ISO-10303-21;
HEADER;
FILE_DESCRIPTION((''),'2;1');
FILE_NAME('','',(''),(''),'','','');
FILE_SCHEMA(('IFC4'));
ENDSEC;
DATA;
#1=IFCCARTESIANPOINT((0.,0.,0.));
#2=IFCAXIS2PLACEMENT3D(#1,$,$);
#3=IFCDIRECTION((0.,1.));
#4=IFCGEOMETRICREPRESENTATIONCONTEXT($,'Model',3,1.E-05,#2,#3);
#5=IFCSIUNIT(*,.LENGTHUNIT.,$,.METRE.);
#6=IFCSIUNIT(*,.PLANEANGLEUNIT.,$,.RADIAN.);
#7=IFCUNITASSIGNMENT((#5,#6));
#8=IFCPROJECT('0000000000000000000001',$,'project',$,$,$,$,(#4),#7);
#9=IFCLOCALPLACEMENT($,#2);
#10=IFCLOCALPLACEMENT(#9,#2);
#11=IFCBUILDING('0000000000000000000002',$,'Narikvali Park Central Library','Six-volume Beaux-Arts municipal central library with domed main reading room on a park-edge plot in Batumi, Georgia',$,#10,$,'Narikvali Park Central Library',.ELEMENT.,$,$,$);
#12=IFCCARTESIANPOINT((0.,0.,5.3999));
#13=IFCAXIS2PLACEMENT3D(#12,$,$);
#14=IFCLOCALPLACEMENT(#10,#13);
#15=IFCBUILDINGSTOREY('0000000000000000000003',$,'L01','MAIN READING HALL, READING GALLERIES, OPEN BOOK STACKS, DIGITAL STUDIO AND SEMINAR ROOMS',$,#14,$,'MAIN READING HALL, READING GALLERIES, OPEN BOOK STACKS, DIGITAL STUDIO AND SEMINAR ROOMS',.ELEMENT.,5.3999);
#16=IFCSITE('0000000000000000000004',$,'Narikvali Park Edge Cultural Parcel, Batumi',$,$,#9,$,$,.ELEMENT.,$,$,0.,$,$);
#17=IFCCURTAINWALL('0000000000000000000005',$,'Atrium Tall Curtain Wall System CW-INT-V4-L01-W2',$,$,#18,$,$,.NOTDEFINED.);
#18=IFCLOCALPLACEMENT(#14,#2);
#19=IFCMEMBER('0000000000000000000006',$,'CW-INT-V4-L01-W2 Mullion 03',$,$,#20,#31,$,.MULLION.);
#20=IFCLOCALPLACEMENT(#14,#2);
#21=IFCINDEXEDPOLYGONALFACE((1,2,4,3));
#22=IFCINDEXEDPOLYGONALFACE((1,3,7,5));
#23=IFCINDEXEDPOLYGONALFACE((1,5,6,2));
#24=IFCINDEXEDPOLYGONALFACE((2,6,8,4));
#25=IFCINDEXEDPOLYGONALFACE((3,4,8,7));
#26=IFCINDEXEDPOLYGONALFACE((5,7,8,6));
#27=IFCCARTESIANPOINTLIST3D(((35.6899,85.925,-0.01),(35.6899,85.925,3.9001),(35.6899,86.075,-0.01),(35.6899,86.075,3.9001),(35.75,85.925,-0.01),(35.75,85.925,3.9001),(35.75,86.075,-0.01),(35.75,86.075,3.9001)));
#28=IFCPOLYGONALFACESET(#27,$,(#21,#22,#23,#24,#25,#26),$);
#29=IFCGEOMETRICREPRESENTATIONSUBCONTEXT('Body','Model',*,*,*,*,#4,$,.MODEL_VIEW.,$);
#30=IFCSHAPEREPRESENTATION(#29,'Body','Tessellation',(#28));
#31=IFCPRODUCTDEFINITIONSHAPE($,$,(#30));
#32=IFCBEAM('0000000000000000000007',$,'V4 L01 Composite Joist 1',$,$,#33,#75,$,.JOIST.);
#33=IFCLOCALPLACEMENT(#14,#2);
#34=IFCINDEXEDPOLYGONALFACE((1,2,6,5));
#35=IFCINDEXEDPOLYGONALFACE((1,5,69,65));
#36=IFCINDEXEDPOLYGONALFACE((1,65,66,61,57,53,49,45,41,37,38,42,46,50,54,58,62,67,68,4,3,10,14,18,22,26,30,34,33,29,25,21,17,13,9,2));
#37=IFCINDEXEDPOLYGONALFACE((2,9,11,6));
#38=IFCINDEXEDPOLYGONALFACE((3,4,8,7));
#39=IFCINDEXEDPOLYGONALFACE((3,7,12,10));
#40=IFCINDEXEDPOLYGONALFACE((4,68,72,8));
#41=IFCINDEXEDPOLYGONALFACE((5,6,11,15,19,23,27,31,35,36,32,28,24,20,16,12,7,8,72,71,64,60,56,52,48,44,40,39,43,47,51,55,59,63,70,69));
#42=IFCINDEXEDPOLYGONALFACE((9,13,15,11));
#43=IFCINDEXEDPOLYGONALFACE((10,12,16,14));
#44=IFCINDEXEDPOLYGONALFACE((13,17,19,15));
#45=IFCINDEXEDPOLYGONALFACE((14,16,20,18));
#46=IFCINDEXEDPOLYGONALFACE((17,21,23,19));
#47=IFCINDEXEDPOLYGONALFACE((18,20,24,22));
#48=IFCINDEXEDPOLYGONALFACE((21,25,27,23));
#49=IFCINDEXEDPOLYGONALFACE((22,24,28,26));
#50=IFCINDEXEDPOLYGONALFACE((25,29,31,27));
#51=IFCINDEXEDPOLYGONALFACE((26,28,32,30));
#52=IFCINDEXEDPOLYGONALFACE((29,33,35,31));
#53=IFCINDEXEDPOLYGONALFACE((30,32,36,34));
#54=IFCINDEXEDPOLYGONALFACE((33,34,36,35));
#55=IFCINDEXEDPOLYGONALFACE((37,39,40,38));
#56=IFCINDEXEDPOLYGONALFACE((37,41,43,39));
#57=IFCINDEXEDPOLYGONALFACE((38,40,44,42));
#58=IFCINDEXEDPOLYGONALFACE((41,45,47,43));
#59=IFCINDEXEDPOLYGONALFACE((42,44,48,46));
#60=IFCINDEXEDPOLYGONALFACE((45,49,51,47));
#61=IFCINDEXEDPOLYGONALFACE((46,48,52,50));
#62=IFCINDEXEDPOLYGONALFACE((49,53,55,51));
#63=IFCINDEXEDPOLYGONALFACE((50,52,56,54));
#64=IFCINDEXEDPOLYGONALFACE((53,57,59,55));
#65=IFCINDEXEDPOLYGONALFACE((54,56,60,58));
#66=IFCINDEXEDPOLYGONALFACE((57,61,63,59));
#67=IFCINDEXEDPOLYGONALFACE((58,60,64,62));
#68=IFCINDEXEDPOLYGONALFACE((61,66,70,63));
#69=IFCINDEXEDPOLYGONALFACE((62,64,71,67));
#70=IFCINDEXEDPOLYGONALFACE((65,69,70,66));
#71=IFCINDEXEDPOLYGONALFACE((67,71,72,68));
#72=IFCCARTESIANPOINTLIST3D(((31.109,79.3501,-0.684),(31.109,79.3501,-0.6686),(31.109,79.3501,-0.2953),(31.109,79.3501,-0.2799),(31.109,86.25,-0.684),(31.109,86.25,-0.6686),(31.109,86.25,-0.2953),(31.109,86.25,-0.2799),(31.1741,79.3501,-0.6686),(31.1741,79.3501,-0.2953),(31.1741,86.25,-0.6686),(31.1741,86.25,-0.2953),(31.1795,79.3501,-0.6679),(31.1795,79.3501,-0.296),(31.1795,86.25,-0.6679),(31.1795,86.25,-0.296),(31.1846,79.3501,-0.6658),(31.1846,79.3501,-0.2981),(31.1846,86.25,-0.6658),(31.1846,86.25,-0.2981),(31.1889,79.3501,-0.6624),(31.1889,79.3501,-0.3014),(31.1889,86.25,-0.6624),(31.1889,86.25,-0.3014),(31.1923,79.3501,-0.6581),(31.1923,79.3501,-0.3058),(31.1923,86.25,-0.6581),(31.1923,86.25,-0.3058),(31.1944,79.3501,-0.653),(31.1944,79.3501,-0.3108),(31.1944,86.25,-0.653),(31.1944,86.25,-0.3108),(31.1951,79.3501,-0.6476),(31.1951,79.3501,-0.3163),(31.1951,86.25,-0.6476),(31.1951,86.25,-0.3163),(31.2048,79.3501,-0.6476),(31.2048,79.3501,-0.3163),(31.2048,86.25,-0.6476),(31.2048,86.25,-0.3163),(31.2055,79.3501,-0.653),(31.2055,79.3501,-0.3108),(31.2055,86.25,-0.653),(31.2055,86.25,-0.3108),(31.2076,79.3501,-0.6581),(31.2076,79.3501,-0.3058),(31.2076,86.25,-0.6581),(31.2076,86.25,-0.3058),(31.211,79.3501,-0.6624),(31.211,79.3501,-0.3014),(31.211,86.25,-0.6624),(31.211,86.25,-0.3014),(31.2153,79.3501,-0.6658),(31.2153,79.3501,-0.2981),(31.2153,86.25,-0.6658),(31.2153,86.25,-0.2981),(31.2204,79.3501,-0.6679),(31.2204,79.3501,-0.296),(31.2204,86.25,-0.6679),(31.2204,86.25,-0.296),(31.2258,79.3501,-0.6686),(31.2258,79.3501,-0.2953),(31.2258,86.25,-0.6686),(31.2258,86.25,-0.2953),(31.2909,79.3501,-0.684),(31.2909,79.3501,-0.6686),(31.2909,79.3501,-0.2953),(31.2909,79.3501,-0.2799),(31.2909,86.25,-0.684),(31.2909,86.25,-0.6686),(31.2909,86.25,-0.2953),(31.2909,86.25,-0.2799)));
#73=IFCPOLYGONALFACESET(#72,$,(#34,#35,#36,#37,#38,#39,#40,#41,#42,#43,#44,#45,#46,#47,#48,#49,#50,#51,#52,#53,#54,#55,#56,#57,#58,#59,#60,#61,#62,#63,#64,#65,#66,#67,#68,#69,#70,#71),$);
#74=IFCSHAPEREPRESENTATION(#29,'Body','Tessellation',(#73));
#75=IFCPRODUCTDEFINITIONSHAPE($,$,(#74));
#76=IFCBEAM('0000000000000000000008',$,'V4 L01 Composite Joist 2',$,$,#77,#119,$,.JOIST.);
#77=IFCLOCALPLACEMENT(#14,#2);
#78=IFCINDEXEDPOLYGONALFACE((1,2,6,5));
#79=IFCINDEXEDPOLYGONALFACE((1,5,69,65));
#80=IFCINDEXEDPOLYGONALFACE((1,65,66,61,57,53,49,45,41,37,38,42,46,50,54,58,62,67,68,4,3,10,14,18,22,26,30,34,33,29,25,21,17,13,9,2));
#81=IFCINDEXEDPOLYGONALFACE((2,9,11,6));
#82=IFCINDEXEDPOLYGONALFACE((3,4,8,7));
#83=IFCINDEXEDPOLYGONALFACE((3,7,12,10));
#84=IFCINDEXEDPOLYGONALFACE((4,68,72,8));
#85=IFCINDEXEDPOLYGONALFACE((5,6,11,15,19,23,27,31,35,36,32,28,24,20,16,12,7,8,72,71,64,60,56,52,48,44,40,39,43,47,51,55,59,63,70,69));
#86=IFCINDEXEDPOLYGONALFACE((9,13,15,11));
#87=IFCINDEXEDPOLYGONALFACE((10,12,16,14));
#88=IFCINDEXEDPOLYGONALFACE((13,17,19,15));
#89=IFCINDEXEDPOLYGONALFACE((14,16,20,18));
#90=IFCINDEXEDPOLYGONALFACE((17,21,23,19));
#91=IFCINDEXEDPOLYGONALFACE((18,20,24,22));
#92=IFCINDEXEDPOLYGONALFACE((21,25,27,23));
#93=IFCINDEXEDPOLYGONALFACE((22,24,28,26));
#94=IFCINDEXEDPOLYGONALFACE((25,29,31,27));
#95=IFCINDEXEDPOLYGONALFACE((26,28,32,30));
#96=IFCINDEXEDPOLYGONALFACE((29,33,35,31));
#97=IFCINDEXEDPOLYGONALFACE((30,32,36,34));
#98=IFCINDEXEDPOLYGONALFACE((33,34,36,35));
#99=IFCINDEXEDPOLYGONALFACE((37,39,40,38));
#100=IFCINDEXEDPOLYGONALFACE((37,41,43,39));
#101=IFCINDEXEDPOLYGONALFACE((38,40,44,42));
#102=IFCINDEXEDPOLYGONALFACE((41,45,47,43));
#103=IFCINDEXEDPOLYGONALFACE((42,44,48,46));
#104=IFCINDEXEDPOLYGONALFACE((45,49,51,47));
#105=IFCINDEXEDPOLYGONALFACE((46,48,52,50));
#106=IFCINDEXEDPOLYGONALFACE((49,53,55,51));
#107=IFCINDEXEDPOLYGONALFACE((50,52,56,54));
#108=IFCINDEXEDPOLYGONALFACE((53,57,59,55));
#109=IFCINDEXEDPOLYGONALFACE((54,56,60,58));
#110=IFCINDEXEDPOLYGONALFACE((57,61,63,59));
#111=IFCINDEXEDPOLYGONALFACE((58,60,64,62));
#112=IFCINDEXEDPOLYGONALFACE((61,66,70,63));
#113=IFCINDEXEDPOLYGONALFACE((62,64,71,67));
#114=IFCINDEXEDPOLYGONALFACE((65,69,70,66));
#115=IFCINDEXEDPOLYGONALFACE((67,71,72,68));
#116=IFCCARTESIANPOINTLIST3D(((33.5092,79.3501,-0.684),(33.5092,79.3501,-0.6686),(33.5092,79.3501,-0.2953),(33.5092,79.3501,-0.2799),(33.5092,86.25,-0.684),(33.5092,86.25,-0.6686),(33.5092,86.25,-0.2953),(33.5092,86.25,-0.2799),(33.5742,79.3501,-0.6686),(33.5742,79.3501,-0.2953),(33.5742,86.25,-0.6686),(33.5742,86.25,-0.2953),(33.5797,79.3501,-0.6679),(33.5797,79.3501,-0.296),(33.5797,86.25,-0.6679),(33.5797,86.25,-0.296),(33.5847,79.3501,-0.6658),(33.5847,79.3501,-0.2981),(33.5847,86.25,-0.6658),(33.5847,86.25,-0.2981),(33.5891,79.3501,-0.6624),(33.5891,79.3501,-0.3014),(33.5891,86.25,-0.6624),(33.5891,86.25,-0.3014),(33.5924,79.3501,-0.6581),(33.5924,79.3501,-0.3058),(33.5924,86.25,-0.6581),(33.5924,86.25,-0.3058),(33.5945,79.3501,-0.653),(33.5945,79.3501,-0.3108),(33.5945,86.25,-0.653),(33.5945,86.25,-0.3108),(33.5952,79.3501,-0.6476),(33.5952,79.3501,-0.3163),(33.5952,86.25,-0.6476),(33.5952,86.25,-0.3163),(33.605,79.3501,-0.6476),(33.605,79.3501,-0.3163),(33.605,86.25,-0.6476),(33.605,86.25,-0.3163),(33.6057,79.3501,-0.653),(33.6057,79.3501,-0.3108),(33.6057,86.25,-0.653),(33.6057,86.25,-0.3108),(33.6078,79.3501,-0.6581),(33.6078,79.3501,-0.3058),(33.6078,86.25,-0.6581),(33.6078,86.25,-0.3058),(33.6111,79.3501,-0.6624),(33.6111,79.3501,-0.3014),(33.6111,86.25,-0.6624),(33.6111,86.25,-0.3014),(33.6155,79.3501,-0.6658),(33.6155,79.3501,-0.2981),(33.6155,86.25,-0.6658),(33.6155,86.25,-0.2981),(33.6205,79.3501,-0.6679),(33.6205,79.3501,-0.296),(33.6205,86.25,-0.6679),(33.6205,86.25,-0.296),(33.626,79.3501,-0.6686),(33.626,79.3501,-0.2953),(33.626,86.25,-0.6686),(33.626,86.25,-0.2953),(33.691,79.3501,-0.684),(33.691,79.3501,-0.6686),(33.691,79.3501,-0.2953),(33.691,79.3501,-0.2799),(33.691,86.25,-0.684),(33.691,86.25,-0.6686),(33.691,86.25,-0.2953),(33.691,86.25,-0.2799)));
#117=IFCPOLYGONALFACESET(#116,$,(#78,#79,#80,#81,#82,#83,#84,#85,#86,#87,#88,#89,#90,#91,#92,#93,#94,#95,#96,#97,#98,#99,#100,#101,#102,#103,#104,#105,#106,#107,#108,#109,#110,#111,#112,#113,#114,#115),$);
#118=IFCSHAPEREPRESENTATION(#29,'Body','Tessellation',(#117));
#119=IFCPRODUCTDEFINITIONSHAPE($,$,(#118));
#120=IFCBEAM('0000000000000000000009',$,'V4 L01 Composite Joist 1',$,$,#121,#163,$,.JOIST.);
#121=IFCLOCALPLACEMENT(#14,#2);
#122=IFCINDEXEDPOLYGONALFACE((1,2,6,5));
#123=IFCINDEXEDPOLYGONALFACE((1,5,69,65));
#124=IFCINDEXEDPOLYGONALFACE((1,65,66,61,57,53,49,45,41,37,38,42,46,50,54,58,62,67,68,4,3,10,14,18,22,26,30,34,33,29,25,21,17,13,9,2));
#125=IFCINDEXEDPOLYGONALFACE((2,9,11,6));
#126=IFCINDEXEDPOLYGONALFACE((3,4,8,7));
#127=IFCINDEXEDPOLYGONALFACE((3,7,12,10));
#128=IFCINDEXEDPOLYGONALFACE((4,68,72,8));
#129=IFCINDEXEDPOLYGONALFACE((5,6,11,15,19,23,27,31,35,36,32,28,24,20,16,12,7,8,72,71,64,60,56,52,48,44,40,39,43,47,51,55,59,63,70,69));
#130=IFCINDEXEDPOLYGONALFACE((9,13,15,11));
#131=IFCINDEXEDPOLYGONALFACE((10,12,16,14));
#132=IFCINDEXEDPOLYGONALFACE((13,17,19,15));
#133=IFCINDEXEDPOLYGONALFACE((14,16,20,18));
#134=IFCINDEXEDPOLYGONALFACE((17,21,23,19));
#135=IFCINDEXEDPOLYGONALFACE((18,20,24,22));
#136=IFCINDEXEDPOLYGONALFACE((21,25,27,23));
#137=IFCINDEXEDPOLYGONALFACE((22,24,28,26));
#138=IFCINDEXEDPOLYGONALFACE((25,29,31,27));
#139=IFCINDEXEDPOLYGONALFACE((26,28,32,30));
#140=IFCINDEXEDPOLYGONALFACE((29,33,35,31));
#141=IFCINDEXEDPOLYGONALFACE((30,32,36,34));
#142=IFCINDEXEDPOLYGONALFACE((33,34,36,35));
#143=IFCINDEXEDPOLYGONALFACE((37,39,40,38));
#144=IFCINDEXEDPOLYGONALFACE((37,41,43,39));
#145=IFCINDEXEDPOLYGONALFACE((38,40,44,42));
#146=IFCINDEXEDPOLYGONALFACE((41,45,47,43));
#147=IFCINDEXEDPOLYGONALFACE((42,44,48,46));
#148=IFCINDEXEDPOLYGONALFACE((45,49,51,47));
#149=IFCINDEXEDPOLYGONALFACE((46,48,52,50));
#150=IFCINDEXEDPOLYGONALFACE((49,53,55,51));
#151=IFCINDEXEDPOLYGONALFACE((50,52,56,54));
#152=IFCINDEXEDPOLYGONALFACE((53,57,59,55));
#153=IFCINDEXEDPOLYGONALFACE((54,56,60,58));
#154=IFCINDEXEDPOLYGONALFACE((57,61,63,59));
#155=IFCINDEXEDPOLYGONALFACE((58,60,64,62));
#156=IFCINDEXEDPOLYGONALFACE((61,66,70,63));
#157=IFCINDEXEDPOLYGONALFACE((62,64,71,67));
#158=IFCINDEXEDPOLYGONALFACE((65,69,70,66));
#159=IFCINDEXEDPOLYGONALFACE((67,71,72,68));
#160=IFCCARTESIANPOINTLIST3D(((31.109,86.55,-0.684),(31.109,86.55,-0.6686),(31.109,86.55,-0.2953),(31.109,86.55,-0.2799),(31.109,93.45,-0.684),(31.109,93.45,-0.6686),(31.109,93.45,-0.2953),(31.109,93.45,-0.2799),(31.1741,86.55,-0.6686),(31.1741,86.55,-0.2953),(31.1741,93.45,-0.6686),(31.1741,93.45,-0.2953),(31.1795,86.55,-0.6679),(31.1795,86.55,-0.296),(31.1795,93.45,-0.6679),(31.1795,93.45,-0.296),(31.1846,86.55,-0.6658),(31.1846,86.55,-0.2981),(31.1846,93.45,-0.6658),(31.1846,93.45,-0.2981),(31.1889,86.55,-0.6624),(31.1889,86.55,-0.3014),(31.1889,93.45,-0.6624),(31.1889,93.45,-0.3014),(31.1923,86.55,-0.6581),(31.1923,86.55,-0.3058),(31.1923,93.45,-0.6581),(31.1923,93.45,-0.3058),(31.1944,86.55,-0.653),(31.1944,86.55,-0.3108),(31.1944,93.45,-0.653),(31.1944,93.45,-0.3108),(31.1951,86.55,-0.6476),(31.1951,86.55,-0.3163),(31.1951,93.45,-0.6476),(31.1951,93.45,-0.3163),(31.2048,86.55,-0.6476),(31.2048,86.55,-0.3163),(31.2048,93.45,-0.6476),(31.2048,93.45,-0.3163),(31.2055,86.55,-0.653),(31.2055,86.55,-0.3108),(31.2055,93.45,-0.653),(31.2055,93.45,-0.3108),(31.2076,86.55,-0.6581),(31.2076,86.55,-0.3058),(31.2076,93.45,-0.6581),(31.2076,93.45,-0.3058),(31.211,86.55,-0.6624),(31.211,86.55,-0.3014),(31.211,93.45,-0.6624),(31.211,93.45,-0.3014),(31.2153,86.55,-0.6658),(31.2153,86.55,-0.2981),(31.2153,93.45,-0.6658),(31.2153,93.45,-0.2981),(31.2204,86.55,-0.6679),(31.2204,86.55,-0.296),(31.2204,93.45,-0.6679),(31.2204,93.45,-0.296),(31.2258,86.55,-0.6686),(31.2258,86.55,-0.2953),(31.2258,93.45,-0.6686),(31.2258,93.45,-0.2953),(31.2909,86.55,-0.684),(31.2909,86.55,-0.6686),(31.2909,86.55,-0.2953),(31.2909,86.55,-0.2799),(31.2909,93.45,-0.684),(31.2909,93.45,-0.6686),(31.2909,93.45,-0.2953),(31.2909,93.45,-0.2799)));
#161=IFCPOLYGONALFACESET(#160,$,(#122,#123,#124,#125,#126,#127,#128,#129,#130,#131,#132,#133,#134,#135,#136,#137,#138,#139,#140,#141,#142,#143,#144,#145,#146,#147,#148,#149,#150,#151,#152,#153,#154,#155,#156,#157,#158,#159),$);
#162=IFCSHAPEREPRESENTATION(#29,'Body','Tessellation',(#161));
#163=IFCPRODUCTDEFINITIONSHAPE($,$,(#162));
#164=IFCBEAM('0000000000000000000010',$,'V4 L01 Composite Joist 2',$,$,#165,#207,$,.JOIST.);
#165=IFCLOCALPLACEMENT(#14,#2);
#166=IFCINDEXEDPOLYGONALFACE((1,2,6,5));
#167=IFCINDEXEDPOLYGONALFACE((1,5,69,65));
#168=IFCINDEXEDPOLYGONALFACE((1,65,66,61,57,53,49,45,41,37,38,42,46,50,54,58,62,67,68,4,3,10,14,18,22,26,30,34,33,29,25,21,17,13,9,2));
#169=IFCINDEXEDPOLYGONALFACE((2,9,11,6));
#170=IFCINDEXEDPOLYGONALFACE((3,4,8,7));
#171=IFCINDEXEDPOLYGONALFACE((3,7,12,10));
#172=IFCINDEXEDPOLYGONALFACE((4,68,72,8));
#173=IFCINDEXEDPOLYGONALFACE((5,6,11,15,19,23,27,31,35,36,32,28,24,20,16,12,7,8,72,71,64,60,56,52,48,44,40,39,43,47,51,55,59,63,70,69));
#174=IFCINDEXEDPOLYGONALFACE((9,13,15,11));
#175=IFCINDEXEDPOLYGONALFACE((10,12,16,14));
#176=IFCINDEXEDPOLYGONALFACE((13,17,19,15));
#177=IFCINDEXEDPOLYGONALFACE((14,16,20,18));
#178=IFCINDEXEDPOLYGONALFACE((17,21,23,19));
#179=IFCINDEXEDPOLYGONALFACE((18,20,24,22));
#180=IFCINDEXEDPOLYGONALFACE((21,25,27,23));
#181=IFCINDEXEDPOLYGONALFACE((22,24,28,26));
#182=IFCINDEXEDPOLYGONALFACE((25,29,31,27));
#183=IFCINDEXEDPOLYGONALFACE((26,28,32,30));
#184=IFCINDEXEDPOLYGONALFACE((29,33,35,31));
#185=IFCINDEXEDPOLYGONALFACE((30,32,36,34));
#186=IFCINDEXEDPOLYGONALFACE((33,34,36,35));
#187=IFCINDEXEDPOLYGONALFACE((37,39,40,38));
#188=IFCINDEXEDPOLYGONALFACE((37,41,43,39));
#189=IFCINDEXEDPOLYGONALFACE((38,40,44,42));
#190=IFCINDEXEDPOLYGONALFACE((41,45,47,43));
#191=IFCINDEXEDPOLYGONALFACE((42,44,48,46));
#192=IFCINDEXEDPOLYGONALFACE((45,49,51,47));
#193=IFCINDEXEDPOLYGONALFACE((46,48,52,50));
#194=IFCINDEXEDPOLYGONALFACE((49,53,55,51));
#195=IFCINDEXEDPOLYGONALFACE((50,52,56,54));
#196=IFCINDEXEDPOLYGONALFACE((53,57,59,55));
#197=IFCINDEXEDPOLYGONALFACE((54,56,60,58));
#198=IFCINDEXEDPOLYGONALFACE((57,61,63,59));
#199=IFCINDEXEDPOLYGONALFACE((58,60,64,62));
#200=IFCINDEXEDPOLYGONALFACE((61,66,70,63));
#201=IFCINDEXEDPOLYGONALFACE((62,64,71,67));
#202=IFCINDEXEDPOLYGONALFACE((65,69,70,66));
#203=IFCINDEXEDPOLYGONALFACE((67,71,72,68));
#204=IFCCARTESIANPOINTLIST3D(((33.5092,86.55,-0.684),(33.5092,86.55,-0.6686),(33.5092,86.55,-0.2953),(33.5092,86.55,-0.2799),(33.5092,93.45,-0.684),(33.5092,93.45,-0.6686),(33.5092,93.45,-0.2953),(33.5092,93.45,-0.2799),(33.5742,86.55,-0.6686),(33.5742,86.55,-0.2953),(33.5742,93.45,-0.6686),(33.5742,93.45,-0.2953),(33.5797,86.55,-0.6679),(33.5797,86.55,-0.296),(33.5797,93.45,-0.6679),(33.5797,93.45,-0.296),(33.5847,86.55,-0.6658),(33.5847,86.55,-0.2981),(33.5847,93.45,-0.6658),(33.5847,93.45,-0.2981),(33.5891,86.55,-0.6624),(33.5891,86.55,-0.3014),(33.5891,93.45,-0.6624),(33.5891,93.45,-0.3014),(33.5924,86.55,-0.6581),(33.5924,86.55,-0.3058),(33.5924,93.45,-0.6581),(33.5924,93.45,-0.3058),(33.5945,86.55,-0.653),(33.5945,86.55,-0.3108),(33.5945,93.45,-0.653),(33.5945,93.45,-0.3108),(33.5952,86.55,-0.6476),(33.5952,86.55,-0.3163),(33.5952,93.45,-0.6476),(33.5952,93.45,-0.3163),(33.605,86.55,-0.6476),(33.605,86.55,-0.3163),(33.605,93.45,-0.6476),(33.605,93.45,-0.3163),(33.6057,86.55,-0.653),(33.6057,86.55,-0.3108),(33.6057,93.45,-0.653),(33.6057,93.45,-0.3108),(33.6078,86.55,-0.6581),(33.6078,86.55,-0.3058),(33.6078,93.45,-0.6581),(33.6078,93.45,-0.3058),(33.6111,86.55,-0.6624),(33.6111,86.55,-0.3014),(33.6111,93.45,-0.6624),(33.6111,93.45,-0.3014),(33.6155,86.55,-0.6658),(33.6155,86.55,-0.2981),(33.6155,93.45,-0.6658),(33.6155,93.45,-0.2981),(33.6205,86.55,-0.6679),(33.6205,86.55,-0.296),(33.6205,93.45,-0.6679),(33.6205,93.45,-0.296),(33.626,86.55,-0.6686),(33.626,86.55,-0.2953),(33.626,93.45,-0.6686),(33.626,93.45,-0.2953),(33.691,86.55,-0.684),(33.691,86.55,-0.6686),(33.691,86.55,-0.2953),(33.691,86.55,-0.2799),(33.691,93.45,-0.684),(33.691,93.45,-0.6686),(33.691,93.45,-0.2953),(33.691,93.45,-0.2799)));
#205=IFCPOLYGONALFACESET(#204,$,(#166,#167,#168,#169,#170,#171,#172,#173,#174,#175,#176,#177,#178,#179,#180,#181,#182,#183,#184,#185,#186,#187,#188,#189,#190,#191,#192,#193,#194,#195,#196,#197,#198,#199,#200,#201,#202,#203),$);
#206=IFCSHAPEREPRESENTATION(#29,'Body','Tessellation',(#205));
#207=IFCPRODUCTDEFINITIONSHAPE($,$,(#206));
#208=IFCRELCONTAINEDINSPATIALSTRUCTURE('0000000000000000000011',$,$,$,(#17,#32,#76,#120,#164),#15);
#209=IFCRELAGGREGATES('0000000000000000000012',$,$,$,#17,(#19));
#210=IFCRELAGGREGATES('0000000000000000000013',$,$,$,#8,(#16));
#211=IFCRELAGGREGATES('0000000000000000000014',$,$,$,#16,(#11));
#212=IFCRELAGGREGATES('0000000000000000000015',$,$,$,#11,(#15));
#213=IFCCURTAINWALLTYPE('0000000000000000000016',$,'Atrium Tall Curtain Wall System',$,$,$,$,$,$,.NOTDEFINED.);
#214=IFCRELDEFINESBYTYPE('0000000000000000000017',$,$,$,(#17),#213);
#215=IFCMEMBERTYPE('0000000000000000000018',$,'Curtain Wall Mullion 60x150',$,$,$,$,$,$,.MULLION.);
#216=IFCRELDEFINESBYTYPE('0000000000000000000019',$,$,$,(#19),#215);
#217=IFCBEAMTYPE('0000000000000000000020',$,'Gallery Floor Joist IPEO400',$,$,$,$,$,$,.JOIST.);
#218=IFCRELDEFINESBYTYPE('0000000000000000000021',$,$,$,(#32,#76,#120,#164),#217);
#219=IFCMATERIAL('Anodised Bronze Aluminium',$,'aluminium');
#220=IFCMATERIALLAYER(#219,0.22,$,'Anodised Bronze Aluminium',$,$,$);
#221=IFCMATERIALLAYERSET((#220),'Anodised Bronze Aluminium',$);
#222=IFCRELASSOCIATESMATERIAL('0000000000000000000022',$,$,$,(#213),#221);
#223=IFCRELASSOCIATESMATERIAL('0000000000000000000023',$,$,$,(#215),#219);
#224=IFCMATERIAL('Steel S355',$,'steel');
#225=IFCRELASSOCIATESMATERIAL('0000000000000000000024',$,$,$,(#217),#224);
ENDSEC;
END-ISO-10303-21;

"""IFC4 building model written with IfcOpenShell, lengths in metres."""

from ifc_helpers import new_model, si_unit, direction, frame, origin, origin_2d, place, context, subcontext, project, spatial, rectangle, i_section, extrude, material, layer, layer_set, material_profile, profile_set, type_object, element, aggregate, save


model = new_model("IFC4")

# Units and contexts
model_context = context("Model", 3, precision=1e-05, world=origin(), true_north=direction((0.0, 1.0)))
body_context = subcontext(model_context, "Body", "Model", "MODEL_VIEW")
ifc_project = project(units=[si_unit("LENGTHUNIT", "METRE"), si_unit("PLANEANGLEUNIT", "RADIAN")], contexts=[model_context])

# Site, building, storey
site_placement = place(None, origin())
site = spatial("IfcSite", under=ifc_project, at=site_placement, Name="Narikvali Park Edge Cultural Parcel, Batumi", CompositionType="ELEMENT", RefElevation=0.0)
building_placement = place(site_placement, origin())
building = spatial("IfcBuilding", under=site, at=building_placement, Name="Narikvali Park Central Library", Description="Six-volume Beaux-Arts municipal central library with domed main reading room on a park-edge plot in Batumi, Georgia", LongName="Narikvali Park Central Library", CompositionType="ELEMENT")
storey_placement = place(building_placement, frame((0.0, 0.0, 5.3999)))
storey = spatial("IfcBuildingStorey", under=building, at=storey_placement, Name="L01", Description="MAIN READING HALL, READING GALLERIES, OPEN BOOK STACKS, DIGITAL STUDIO AND SEMINAR ROOMS", LongName="MAIN READING HALL, READING GALLERIES, OPEN BOOK STACKS, DIGITAL STUDIO AND SEMINAR ROOMS", CompositionType="ELEMENT", Elevation=5.3999)

# Shared definitions
ifc_material_1 = material(Name="Steel S355", Category="steel")

# Curtain wall
ifc_material_2 = material(Name="Anodised Bronze Aluminium", Category="aluminium")
ifc_layer_1 = layer(ifc_material_2, 0.22, Name="Anodised Bronze Aluminium")
ifc_layer_set_1 = layer_set([ifc_layer_1], Name="Anodised Bronze Aluminium")
curtain_wall_type = type_object("IfcCurtainWallType", Name="Atrium Tall Curtain Wall System", PredefinedType="NOTDEFINED", material=ifc_layer_set_1)
curtain_wall_1_placement = place(storey_placement, origin())
curtain_wall_1 = element("IfcCurtainWall", 1, at=curtain_wall_1_placement, inside=storey, type_object=curtain_wall_type, Name="Atrium Tall Curtain Wall System CW-INT-V4-L01-W2", PredefinedType="NOTDEFINED")

# Shared definitions
ifc_material_profile_1 = material_profile(ifc_material_2, rectangle(XDim=0.0601, YDim=0.1499, at=origin_2d()), Name="CW MULLION 60x150")
ifc_profile_set_1 = profile_set([ifc_material_profile_1], Name="Anodised Bronze Aluminium")
member_type_1 = type_object("IfcMemberType", Name="Curtain Wall Mullion 60x150", PredefinedType="MULLION", material=ifc_profile_set_1)

# Member
member_1_placement = place(storey_placement, frame((35.72, 86.0, -0.01), z_axis=(0.0, 0.0, 1.0), x_axis=(1.0, 0.0, 0.0)))
member_1 = element("IfcMember", 2, at=member_1_placement, type_object=member_type_1, Name="CW-INT-V4-L01-W2 Mullion 03", PredefinedType="MULLION", context=body_context, shape_type="SweptSolid", body=[
    extrude(rectangle(XDim=0.0601, YDim=0.1499, at=origin_2d()), origin(), (0.0, 0.0, 1.0), 3.9102),
])

# Beams
ifc_material_profile_2 = material_profile(ifc_material_1, i_section(OverallWidth=0.1819, OverallDepth=0.4041, WebThickness=0.0098, FlangeThickness=0.0154, FilletRadius=0.021, at=origin_2d()), Name="IPEO 400")
ifc_profile_set_2 = profile_set([ifc_material_profile_2], Name="Steel S355")
beam_type_1 = type_object("IfcBeamType", Name="Gallery Floor Joist IPEO400", PredefinedType="JOIST", material=ifc_profile_set_2)
for number, where, z_axis, x_axis, name in (
    (3, (31.2, 79.3501, -0.4819), (0.0, 1.0, 0.0), (-1.0, 0.0, 0.0), "V4 L01 Composite Joist 1"),
    (4, (33.6001, 79.3501, -0.4819), (0.0, 1.0, 0.0), (-1.0, 0.0, 0.0), "V4 L01 Composite Joist 2"),
    (5, (31.2, 86.55, -0.4819), (0.0, 1.0, 0.0), (-1.0, 0.0, 0.0), "V4 L01 Composite Joist 1"),
    (6, (33.6001, 86.55, -0.4819), (0.0, 1.0, 0.0), (-1.0, 0.0, 0.0), "V4 L01 Composite Joist 2"),
):
    element("IfcBeam", number, at=place(storey_placement, frame(where, z_axis=z_axis, x_axis=x_axis)), inside=storey, type_object=beam_type_1, Name=name, PredefinedType="JOIST", context=body_context, shape_type="SweptSolid", body=[
        extrude(i_section(OverallWidth=0.1819, OverallDepth=0.4041, WebThickness=0.0098, FlangeThickness=0.0154, FilletRadius=0.021, at=origin_2d()), origin(), (0.0, 0.0, 1.0), 6.8999),
    ])

aggregate(curtain_wall_1, [member_1])

save(model, "model.ifc")
